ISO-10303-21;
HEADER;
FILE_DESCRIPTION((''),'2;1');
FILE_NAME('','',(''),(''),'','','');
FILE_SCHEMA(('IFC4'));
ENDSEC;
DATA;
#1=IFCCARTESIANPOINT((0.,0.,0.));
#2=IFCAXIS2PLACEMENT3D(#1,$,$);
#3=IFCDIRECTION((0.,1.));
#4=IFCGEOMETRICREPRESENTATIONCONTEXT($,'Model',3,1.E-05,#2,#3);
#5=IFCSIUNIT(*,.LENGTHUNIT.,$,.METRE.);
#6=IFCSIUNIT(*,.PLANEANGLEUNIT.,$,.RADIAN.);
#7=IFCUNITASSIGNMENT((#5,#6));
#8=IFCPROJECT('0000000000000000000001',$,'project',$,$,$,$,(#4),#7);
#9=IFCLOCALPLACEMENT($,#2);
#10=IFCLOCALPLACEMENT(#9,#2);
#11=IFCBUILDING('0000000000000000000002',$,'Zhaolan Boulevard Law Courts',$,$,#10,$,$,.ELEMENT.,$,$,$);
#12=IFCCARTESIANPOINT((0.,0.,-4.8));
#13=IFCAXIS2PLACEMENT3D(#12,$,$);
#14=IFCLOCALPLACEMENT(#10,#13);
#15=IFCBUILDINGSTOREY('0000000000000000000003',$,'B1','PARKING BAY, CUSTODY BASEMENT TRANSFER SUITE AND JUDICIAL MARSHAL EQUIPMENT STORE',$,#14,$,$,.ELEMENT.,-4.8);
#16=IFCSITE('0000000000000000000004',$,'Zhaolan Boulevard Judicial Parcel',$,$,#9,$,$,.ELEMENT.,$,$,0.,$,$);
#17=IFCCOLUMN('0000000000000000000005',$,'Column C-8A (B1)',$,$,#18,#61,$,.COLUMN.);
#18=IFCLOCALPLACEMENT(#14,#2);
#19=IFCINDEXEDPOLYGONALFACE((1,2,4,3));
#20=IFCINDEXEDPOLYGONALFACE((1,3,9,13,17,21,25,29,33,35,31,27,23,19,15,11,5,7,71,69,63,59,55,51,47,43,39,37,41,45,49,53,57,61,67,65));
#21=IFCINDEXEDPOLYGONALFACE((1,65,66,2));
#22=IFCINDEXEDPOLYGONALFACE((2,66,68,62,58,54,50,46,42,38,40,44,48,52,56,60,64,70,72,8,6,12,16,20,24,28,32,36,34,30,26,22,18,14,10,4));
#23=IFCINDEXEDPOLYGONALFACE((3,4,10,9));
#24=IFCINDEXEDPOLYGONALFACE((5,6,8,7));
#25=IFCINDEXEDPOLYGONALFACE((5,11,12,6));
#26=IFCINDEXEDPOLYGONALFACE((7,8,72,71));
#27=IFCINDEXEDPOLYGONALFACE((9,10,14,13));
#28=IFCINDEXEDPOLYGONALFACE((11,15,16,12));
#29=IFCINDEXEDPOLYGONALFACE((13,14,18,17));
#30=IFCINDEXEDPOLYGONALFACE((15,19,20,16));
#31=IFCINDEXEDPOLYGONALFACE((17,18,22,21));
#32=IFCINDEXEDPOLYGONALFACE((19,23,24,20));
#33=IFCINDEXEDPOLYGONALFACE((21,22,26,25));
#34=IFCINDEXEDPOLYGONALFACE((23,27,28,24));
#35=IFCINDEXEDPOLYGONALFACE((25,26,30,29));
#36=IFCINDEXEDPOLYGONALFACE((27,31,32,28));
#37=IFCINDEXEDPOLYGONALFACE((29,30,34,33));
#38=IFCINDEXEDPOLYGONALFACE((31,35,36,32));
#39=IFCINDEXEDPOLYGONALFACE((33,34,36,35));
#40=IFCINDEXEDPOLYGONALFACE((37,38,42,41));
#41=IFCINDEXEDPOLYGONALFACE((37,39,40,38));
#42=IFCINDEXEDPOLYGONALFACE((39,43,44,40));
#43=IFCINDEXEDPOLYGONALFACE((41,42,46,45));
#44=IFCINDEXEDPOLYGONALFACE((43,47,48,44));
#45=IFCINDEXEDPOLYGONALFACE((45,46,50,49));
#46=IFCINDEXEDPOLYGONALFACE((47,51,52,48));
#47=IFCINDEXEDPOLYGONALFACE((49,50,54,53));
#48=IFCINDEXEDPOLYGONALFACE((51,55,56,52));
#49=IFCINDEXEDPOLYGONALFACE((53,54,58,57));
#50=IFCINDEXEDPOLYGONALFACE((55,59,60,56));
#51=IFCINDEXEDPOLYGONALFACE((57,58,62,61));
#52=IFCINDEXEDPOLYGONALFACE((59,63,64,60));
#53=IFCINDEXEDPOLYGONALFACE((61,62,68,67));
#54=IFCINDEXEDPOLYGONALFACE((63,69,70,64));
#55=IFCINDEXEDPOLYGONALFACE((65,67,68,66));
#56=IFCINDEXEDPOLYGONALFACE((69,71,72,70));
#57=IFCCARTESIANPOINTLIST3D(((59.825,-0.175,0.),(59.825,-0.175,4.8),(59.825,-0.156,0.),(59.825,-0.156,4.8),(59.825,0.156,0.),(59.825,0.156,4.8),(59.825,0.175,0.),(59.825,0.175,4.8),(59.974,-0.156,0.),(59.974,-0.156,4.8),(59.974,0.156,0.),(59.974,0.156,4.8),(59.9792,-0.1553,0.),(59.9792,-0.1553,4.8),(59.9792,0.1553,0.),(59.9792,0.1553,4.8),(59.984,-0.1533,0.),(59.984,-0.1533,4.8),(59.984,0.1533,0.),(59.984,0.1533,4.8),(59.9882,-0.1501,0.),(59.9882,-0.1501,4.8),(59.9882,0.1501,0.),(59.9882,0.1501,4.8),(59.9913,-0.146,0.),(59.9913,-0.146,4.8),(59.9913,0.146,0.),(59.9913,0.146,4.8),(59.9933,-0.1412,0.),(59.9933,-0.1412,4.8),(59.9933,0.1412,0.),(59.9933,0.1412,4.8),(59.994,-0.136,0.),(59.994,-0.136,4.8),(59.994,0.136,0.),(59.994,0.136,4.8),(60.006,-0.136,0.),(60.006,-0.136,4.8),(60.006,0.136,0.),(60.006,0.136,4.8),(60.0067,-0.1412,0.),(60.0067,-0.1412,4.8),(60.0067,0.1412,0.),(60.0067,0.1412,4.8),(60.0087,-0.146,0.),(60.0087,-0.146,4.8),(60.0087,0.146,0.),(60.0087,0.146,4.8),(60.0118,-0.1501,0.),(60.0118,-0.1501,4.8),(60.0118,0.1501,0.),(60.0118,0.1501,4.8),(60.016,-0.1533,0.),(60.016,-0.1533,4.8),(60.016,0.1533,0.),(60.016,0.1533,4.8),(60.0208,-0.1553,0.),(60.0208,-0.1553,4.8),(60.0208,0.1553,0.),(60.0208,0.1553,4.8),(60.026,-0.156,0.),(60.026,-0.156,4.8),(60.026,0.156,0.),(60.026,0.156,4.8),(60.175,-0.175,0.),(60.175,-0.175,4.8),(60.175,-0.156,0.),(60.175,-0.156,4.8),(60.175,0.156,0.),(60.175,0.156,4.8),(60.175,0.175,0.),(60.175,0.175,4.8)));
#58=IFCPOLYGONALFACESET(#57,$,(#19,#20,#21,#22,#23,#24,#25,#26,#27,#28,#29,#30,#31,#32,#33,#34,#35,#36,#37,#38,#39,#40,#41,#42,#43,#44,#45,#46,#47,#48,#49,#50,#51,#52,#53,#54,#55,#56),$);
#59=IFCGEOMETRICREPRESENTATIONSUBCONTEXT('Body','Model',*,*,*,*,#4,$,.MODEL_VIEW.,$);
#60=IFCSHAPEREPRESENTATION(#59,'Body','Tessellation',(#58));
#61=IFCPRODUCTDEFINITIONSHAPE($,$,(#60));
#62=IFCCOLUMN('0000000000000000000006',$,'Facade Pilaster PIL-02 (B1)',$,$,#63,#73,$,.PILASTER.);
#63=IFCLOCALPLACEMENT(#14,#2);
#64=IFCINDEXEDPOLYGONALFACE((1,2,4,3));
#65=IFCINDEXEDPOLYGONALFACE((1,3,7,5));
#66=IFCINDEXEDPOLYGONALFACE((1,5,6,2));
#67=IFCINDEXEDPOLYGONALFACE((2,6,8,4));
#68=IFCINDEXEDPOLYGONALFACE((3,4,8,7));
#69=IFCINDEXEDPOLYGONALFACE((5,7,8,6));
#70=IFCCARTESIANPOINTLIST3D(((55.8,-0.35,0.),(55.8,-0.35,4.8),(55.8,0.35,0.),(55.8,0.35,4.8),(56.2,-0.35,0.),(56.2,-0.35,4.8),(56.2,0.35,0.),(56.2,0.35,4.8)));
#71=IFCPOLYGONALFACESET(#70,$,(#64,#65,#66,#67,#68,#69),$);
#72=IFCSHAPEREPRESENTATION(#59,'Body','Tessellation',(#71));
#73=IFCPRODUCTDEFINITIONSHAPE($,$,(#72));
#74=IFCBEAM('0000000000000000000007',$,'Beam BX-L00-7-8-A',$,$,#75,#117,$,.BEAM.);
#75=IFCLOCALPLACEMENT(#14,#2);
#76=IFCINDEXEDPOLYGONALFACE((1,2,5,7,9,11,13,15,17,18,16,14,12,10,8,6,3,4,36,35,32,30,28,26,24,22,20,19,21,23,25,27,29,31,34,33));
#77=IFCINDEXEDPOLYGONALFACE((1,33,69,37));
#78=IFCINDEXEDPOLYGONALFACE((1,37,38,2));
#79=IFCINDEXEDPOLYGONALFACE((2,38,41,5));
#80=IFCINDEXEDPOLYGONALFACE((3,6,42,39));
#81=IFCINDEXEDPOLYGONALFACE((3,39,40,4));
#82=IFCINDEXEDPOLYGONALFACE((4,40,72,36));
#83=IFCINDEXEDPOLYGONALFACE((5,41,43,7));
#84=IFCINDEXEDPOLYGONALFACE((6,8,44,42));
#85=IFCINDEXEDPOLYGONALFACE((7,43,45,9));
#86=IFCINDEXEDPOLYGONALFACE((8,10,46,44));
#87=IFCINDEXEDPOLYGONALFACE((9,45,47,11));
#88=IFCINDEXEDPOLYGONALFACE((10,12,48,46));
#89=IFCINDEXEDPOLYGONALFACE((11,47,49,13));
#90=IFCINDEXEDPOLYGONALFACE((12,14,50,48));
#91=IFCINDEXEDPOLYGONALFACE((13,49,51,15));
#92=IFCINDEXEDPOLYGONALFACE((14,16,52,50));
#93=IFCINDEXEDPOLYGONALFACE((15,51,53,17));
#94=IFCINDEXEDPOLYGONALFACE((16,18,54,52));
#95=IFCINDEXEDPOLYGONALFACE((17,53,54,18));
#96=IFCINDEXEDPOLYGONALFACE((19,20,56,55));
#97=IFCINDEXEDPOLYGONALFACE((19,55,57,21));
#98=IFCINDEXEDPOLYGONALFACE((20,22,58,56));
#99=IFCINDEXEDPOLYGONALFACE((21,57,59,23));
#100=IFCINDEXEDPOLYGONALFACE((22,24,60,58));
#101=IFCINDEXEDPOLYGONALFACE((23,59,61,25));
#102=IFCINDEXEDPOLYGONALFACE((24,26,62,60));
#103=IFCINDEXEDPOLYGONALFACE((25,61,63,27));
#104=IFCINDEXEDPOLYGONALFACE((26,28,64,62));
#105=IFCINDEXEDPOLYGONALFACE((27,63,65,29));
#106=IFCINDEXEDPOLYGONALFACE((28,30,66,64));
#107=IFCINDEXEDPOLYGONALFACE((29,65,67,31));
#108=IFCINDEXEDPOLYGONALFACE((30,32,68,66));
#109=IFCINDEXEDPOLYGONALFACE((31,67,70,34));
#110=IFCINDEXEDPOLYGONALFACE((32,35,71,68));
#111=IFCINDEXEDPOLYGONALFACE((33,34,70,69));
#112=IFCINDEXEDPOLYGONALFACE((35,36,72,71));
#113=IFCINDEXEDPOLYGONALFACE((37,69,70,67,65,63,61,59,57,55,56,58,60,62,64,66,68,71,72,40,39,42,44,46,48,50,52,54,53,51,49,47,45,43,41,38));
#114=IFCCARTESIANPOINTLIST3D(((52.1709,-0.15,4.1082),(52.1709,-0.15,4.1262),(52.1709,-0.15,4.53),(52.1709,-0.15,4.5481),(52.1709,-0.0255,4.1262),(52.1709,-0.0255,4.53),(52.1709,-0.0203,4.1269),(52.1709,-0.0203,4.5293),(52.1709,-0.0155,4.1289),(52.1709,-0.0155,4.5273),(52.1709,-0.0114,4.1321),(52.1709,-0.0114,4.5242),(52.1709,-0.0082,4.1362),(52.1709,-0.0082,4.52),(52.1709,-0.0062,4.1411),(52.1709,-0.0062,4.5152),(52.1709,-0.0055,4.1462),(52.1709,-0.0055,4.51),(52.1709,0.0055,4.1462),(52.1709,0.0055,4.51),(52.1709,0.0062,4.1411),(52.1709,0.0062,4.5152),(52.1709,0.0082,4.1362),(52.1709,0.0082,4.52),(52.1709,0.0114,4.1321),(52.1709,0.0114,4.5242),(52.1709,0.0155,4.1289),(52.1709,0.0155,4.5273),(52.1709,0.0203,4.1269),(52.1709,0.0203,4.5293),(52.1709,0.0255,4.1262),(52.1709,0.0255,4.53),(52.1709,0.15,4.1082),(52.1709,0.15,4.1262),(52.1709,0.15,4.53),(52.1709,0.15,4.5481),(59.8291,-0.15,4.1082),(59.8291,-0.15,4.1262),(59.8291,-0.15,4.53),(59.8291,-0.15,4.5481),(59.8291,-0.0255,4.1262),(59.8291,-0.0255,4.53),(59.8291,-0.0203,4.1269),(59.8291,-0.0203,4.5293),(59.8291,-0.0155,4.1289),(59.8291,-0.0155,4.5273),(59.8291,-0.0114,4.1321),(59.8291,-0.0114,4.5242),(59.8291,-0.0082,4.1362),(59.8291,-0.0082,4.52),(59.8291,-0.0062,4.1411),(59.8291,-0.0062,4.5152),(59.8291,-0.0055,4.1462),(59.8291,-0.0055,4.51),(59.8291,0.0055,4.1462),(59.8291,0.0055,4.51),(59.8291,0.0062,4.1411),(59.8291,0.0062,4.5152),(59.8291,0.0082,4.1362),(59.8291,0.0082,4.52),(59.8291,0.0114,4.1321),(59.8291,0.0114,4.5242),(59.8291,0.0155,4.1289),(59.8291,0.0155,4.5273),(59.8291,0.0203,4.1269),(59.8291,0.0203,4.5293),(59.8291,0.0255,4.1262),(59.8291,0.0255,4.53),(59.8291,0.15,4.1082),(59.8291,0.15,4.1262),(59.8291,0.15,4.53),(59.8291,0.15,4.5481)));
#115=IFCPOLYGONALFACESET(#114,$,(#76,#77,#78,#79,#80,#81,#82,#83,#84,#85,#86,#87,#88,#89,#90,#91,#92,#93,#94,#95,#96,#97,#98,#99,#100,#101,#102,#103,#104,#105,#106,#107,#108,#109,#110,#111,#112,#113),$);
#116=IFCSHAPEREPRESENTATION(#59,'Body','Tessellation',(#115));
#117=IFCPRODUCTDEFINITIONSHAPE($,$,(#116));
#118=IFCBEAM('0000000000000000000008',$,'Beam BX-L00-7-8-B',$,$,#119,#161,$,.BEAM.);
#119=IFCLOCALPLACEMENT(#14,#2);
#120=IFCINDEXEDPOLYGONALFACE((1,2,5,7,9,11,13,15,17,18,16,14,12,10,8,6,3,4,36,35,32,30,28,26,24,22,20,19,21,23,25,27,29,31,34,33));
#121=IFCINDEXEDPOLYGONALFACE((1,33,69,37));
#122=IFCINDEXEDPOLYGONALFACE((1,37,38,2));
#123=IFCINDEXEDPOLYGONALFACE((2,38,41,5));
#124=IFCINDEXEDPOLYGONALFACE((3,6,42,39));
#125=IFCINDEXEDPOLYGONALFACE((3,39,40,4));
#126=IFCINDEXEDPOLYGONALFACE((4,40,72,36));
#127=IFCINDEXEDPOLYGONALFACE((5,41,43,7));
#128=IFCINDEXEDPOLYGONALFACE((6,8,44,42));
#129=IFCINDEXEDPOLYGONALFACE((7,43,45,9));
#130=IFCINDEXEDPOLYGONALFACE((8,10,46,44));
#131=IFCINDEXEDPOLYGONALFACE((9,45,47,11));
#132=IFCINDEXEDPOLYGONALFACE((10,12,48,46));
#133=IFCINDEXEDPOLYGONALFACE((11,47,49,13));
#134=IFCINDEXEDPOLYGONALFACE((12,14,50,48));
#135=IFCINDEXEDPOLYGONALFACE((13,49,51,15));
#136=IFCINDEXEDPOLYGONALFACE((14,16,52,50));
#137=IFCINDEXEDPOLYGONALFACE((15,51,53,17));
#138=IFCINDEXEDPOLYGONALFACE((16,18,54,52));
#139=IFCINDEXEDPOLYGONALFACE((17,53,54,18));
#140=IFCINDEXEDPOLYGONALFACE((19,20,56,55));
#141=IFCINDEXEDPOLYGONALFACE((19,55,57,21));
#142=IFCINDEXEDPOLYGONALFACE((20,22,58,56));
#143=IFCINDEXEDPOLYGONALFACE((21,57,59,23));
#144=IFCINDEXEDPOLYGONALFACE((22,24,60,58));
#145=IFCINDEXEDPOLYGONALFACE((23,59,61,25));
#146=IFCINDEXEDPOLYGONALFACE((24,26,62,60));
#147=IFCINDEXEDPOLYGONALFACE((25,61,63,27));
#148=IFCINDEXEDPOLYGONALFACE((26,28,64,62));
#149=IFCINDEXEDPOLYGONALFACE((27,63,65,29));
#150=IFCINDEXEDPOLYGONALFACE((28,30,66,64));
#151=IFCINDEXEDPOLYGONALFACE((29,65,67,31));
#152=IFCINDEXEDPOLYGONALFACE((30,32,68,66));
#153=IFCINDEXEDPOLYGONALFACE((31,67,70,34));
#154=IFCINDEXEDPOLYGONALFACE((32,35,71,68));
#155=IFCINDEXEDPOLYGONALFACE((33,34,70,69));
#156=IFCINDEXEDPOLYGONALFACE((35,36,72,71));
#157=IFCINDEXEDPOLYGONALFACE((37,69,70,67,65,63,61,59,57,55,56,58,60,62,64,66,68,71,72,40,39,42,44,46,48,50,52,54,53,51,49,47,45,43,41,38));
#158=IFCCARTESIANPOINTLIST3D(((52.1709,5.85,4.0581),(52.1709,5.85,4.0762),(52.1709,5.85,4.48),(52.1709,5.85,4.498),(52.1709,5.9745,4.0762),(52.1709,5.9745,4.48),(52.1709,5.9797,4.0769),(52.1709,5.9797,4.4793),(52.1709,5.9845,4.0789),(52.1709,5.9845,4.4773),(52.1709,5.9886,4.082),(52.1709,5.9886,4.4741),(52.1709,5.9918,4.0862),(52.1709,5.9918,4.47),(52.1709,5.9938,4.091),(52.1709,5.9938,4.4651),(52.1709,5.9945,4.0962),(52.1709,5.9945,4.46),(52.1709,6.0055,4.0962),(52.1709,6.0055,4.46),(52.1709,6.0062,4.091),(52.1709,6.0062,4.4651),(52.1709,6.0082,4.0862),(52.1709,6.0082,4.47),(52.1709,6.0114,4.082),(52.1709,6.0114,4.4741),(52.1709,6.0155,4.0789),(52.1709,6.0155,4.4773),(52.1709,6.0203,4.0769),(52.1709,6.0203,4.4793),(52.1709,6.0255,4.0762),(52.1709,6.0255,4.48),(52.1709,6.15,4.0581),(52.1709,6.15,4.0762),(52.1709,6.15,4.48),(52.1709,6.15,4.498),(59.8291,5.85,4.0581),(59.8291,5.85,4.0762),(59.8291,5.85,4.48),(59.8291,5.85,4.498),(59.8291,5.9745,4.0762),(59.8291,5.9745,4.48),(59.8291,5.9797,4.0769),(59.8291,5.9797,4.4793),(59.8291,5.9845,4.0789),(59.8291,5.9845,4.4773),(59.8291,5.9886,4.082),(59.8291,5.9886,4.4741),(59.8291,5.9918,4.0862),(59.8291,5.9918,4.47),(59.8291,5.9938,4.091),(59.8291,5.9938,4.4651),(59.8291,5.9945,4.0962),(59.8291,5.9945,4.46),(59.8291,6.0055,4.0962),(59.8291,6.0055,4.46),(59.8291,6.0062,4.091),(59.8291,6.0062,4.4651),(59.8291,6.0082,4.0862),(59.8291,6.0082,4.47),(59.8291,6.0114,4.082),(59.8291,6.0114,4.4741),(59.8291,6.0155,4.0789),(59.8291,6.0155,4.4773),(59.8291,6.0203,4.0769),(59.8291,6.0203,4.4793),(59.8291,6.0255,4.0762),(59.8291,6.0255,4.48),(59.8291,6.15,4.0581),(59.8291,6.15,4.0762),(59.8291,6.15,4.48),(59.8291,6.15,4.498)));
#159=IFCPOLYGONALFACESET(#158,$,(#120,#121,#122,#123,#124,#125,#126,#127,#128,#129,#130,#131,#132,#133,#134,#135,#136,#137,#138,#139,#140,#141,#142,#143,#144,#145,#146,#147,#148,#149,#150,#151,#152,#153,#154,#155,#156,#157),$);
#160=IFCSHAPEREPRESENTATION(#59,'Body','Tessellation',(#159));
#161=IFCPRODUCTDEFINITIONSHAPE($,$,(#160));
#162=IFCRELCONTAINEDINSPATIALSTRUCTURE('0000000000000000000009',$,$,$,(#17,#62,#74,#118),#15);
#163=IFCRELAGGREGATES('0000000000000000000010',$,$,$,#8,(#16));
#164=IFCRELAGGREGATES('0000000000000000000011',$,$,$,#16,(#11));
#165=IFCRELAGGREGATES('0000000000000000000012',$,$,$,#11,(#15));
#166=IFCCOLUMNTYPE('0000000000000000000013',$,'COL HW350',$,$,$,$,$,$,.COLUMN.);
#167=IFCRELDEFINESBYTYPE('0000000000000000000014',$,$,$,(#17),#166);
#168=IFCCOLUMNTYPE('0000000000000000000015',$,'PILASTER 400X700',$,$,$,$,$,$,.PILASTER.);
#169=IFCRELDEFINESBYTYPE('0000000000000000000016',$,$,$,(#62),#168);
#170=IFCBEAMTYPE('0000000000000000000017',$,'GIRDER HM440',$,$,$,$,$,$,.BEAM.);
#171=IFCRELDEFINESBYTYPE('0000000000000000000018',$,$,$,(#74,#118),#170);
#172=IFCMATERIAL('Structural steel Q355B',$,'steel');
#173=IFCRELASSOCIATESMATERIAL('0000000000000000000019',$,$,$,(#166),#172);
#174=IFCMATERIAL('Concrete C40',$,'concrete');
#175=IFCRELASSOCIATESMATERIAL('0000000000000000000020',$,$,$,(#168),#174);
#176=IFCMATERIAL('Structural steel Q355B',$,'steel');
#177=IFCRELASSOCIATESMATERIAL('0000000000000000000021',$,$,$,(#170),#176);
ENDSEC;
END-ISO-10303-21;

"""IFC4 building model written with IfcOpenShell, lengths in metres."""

from ifc_helpers import new_model, si_unit, direction, frame, origin, origin_2d, place, context, subcontext, project, spatial, rectangle, i_section, extrude, material, material_profile, profile_set, type_object, element, save


model = new_model("IFC4")

# Units and contexts
model_context = context("Model", 3, precision=1e-05, world=origin(), true_north=direction((0.0, 1.0)))
body_context = subcontext(model_context, "Body", "Model", "MODEL_VIEW")
ifc_project = project(units=[si_unit("LENGTHUNIT", "METRE"), si_unit("PLANEANGLEUNIT", "RADIAN")], contexts=[model_context])

# Site, building, storey
site_placement = place(None, origin())
site = spatial("IfcSite", under=ifc_project, at=site_placement, Name="Zhaolan Boulevard Judicial Parcel", CompositionType="ELEMENT", RefElevation=0.0)
building_placement = place(site_placement, origin())
building = spatial("IfcBuilding", under=site, at=building_placement, Name="Zhaolan Boulevard Law Courts", CompositionType="ELEMENT")
storey_placement = place(building_placement, frame((0.0, 0.0, -4.8)))
storey = spatial("IfcBuildingStorey", under=building, at=storey_placement, Name="B1", Description="PARKING BAY, CUSTODY BASEMENT TRANSFER SUITE AND JUDICIAL MARSHAL EQUIPMENT STORE", CompositionType="ELEMENT", Elevation=-4.8)

# Columns
ifc_material_1 = material(Name="Structural steel Q355B", Category="steel")
ifc_material_profile_1 = material_profile(ifc_material_1, i_section(OverallWidth=0.3501, OverallDepth=0.3501, WebThickness=0.012, FlangeThickness=0.019, FilletRadius=0.02, at=origin_2d()), Name="HW350x350")
ifc_profile_set_1 = profile_set([ifc_material_profile_1], Name="Structural steel Q355B")
column_type_1 = type_object("IfcColumnType", Name="COL HW350", PredefinedType="COLUMN", material=ifc_profile_set_1)
for number, where, z_axis, x_axis, name in (
    (1, (60.0, 0.0, 0.0), (0.0, 0.0, 1.0), (1.0, 0.0, 0.0), "Column C-8A (B1)"),
):
    element("IfcColumn", number, at=place(storey_placement, frame(where, z_axis=z_axis, x_axis=x_axis)), inside=storey, type_object=column_type_1, Name=name, PredefinedType="COLUMN", context=body_context, shape_type="SweptSolid", body=[
        extrude(i_section(OverallWidth=0.3501, OverallDepth=0.3501, WebThickness=0.012, FlangeThickness=0.019, FilletRadius=0.02, at=origin_2d()), origin(), (0.0, 0.0, 1.0), 4.8),
    ])
ifc_material_2 = material(Name="Concrete C40", Category="concrete")
ifc_material_profile_2 = material_profile(ifc_material_2, rectangle(XDim=0.3999, YDim=0.7, at=origin_2d()), Name="RC400x700")
ifc_profile_set_2 = profile_set([ifc_material_profile_2], Name="Concrete C40")
column_type_2 = type_object("IfcColumnType", Name="PILASTER 400X700", PredefinedType="PILASTER", material=ifc_profile_set_2)
column_placement = place(storey_placement, frame((56.0, 0.0, 0.0), z_axis=(0.0, 0.0, 1.0), x_axis=(1.0, 0.0, 0.0)))
element("IfcColumn", 2, at=column_placement, inside=storey, type_object=column_type_2, Name="Facade Pilaster PIL-02 (B1)", PredefinedType="PILASTER", context=body_context, shape_type="SweptSolid", body=[
    extrude(rectangle(XDim=0.3999, YDim=0.7, at=origin_2d()), origin(), (0.0, 0.0, 1.0), 4.8),
])

# Beams
ifc_material_3 = material(Name="Structural steel Q355B", Category="steel")
ifc_material_profile_3 = material_profile(ifc_material_3, i_section(OverallWidth=0.3, OverallDepth=0.4399, WebThickness=0.011, FlangeThickness=0.0181, FilletRadius=0.02, at=origin_2d()), Name="HM440x300")
ifc_profile_set_3 = profile_set([ifc_material_profile_3], Name="Structural steel Q355B")
beam_type_1 = type_object("IfcBeamType", Name="GIRDER HM440", PredefinedType="BEAM", material=ifc_profile_set_3)
for number, where, z_axis, x_axis, name in (
    (3, (52.1709, 0.0, 4.3281), (1.0, 0.0, 0.0), (0.0, 1.0, 0.0), "Beam BX-L00-7-8-A"),
    (4, (52.1709, 6.0, 4.2781), (1.0, 0.0, 0.0), (0.0, 1.0, 0.0), "Beam BX-L00-7-8-B"),
):
    element("IfcBeam", number, at=place(storey_placement, frame(where, z_axis=z_axis, x_axis=x_axis)), inside=storey, type_object=beam_type_1, Name=name, PredefinedType="BEAM", context=body_context, shape_type="SweptSolid", body=[
        extrude(i_section(OverallWidth=0.3, OverallDepth=0.4399, WebThickness=0.011, FlangeThickness=0.0181, FilletRadius=0.02, at=origin_2d()), origin(), (0.0, 0.0, 1.0), 7.6582),
    ])

save(model, "model.ifc")
